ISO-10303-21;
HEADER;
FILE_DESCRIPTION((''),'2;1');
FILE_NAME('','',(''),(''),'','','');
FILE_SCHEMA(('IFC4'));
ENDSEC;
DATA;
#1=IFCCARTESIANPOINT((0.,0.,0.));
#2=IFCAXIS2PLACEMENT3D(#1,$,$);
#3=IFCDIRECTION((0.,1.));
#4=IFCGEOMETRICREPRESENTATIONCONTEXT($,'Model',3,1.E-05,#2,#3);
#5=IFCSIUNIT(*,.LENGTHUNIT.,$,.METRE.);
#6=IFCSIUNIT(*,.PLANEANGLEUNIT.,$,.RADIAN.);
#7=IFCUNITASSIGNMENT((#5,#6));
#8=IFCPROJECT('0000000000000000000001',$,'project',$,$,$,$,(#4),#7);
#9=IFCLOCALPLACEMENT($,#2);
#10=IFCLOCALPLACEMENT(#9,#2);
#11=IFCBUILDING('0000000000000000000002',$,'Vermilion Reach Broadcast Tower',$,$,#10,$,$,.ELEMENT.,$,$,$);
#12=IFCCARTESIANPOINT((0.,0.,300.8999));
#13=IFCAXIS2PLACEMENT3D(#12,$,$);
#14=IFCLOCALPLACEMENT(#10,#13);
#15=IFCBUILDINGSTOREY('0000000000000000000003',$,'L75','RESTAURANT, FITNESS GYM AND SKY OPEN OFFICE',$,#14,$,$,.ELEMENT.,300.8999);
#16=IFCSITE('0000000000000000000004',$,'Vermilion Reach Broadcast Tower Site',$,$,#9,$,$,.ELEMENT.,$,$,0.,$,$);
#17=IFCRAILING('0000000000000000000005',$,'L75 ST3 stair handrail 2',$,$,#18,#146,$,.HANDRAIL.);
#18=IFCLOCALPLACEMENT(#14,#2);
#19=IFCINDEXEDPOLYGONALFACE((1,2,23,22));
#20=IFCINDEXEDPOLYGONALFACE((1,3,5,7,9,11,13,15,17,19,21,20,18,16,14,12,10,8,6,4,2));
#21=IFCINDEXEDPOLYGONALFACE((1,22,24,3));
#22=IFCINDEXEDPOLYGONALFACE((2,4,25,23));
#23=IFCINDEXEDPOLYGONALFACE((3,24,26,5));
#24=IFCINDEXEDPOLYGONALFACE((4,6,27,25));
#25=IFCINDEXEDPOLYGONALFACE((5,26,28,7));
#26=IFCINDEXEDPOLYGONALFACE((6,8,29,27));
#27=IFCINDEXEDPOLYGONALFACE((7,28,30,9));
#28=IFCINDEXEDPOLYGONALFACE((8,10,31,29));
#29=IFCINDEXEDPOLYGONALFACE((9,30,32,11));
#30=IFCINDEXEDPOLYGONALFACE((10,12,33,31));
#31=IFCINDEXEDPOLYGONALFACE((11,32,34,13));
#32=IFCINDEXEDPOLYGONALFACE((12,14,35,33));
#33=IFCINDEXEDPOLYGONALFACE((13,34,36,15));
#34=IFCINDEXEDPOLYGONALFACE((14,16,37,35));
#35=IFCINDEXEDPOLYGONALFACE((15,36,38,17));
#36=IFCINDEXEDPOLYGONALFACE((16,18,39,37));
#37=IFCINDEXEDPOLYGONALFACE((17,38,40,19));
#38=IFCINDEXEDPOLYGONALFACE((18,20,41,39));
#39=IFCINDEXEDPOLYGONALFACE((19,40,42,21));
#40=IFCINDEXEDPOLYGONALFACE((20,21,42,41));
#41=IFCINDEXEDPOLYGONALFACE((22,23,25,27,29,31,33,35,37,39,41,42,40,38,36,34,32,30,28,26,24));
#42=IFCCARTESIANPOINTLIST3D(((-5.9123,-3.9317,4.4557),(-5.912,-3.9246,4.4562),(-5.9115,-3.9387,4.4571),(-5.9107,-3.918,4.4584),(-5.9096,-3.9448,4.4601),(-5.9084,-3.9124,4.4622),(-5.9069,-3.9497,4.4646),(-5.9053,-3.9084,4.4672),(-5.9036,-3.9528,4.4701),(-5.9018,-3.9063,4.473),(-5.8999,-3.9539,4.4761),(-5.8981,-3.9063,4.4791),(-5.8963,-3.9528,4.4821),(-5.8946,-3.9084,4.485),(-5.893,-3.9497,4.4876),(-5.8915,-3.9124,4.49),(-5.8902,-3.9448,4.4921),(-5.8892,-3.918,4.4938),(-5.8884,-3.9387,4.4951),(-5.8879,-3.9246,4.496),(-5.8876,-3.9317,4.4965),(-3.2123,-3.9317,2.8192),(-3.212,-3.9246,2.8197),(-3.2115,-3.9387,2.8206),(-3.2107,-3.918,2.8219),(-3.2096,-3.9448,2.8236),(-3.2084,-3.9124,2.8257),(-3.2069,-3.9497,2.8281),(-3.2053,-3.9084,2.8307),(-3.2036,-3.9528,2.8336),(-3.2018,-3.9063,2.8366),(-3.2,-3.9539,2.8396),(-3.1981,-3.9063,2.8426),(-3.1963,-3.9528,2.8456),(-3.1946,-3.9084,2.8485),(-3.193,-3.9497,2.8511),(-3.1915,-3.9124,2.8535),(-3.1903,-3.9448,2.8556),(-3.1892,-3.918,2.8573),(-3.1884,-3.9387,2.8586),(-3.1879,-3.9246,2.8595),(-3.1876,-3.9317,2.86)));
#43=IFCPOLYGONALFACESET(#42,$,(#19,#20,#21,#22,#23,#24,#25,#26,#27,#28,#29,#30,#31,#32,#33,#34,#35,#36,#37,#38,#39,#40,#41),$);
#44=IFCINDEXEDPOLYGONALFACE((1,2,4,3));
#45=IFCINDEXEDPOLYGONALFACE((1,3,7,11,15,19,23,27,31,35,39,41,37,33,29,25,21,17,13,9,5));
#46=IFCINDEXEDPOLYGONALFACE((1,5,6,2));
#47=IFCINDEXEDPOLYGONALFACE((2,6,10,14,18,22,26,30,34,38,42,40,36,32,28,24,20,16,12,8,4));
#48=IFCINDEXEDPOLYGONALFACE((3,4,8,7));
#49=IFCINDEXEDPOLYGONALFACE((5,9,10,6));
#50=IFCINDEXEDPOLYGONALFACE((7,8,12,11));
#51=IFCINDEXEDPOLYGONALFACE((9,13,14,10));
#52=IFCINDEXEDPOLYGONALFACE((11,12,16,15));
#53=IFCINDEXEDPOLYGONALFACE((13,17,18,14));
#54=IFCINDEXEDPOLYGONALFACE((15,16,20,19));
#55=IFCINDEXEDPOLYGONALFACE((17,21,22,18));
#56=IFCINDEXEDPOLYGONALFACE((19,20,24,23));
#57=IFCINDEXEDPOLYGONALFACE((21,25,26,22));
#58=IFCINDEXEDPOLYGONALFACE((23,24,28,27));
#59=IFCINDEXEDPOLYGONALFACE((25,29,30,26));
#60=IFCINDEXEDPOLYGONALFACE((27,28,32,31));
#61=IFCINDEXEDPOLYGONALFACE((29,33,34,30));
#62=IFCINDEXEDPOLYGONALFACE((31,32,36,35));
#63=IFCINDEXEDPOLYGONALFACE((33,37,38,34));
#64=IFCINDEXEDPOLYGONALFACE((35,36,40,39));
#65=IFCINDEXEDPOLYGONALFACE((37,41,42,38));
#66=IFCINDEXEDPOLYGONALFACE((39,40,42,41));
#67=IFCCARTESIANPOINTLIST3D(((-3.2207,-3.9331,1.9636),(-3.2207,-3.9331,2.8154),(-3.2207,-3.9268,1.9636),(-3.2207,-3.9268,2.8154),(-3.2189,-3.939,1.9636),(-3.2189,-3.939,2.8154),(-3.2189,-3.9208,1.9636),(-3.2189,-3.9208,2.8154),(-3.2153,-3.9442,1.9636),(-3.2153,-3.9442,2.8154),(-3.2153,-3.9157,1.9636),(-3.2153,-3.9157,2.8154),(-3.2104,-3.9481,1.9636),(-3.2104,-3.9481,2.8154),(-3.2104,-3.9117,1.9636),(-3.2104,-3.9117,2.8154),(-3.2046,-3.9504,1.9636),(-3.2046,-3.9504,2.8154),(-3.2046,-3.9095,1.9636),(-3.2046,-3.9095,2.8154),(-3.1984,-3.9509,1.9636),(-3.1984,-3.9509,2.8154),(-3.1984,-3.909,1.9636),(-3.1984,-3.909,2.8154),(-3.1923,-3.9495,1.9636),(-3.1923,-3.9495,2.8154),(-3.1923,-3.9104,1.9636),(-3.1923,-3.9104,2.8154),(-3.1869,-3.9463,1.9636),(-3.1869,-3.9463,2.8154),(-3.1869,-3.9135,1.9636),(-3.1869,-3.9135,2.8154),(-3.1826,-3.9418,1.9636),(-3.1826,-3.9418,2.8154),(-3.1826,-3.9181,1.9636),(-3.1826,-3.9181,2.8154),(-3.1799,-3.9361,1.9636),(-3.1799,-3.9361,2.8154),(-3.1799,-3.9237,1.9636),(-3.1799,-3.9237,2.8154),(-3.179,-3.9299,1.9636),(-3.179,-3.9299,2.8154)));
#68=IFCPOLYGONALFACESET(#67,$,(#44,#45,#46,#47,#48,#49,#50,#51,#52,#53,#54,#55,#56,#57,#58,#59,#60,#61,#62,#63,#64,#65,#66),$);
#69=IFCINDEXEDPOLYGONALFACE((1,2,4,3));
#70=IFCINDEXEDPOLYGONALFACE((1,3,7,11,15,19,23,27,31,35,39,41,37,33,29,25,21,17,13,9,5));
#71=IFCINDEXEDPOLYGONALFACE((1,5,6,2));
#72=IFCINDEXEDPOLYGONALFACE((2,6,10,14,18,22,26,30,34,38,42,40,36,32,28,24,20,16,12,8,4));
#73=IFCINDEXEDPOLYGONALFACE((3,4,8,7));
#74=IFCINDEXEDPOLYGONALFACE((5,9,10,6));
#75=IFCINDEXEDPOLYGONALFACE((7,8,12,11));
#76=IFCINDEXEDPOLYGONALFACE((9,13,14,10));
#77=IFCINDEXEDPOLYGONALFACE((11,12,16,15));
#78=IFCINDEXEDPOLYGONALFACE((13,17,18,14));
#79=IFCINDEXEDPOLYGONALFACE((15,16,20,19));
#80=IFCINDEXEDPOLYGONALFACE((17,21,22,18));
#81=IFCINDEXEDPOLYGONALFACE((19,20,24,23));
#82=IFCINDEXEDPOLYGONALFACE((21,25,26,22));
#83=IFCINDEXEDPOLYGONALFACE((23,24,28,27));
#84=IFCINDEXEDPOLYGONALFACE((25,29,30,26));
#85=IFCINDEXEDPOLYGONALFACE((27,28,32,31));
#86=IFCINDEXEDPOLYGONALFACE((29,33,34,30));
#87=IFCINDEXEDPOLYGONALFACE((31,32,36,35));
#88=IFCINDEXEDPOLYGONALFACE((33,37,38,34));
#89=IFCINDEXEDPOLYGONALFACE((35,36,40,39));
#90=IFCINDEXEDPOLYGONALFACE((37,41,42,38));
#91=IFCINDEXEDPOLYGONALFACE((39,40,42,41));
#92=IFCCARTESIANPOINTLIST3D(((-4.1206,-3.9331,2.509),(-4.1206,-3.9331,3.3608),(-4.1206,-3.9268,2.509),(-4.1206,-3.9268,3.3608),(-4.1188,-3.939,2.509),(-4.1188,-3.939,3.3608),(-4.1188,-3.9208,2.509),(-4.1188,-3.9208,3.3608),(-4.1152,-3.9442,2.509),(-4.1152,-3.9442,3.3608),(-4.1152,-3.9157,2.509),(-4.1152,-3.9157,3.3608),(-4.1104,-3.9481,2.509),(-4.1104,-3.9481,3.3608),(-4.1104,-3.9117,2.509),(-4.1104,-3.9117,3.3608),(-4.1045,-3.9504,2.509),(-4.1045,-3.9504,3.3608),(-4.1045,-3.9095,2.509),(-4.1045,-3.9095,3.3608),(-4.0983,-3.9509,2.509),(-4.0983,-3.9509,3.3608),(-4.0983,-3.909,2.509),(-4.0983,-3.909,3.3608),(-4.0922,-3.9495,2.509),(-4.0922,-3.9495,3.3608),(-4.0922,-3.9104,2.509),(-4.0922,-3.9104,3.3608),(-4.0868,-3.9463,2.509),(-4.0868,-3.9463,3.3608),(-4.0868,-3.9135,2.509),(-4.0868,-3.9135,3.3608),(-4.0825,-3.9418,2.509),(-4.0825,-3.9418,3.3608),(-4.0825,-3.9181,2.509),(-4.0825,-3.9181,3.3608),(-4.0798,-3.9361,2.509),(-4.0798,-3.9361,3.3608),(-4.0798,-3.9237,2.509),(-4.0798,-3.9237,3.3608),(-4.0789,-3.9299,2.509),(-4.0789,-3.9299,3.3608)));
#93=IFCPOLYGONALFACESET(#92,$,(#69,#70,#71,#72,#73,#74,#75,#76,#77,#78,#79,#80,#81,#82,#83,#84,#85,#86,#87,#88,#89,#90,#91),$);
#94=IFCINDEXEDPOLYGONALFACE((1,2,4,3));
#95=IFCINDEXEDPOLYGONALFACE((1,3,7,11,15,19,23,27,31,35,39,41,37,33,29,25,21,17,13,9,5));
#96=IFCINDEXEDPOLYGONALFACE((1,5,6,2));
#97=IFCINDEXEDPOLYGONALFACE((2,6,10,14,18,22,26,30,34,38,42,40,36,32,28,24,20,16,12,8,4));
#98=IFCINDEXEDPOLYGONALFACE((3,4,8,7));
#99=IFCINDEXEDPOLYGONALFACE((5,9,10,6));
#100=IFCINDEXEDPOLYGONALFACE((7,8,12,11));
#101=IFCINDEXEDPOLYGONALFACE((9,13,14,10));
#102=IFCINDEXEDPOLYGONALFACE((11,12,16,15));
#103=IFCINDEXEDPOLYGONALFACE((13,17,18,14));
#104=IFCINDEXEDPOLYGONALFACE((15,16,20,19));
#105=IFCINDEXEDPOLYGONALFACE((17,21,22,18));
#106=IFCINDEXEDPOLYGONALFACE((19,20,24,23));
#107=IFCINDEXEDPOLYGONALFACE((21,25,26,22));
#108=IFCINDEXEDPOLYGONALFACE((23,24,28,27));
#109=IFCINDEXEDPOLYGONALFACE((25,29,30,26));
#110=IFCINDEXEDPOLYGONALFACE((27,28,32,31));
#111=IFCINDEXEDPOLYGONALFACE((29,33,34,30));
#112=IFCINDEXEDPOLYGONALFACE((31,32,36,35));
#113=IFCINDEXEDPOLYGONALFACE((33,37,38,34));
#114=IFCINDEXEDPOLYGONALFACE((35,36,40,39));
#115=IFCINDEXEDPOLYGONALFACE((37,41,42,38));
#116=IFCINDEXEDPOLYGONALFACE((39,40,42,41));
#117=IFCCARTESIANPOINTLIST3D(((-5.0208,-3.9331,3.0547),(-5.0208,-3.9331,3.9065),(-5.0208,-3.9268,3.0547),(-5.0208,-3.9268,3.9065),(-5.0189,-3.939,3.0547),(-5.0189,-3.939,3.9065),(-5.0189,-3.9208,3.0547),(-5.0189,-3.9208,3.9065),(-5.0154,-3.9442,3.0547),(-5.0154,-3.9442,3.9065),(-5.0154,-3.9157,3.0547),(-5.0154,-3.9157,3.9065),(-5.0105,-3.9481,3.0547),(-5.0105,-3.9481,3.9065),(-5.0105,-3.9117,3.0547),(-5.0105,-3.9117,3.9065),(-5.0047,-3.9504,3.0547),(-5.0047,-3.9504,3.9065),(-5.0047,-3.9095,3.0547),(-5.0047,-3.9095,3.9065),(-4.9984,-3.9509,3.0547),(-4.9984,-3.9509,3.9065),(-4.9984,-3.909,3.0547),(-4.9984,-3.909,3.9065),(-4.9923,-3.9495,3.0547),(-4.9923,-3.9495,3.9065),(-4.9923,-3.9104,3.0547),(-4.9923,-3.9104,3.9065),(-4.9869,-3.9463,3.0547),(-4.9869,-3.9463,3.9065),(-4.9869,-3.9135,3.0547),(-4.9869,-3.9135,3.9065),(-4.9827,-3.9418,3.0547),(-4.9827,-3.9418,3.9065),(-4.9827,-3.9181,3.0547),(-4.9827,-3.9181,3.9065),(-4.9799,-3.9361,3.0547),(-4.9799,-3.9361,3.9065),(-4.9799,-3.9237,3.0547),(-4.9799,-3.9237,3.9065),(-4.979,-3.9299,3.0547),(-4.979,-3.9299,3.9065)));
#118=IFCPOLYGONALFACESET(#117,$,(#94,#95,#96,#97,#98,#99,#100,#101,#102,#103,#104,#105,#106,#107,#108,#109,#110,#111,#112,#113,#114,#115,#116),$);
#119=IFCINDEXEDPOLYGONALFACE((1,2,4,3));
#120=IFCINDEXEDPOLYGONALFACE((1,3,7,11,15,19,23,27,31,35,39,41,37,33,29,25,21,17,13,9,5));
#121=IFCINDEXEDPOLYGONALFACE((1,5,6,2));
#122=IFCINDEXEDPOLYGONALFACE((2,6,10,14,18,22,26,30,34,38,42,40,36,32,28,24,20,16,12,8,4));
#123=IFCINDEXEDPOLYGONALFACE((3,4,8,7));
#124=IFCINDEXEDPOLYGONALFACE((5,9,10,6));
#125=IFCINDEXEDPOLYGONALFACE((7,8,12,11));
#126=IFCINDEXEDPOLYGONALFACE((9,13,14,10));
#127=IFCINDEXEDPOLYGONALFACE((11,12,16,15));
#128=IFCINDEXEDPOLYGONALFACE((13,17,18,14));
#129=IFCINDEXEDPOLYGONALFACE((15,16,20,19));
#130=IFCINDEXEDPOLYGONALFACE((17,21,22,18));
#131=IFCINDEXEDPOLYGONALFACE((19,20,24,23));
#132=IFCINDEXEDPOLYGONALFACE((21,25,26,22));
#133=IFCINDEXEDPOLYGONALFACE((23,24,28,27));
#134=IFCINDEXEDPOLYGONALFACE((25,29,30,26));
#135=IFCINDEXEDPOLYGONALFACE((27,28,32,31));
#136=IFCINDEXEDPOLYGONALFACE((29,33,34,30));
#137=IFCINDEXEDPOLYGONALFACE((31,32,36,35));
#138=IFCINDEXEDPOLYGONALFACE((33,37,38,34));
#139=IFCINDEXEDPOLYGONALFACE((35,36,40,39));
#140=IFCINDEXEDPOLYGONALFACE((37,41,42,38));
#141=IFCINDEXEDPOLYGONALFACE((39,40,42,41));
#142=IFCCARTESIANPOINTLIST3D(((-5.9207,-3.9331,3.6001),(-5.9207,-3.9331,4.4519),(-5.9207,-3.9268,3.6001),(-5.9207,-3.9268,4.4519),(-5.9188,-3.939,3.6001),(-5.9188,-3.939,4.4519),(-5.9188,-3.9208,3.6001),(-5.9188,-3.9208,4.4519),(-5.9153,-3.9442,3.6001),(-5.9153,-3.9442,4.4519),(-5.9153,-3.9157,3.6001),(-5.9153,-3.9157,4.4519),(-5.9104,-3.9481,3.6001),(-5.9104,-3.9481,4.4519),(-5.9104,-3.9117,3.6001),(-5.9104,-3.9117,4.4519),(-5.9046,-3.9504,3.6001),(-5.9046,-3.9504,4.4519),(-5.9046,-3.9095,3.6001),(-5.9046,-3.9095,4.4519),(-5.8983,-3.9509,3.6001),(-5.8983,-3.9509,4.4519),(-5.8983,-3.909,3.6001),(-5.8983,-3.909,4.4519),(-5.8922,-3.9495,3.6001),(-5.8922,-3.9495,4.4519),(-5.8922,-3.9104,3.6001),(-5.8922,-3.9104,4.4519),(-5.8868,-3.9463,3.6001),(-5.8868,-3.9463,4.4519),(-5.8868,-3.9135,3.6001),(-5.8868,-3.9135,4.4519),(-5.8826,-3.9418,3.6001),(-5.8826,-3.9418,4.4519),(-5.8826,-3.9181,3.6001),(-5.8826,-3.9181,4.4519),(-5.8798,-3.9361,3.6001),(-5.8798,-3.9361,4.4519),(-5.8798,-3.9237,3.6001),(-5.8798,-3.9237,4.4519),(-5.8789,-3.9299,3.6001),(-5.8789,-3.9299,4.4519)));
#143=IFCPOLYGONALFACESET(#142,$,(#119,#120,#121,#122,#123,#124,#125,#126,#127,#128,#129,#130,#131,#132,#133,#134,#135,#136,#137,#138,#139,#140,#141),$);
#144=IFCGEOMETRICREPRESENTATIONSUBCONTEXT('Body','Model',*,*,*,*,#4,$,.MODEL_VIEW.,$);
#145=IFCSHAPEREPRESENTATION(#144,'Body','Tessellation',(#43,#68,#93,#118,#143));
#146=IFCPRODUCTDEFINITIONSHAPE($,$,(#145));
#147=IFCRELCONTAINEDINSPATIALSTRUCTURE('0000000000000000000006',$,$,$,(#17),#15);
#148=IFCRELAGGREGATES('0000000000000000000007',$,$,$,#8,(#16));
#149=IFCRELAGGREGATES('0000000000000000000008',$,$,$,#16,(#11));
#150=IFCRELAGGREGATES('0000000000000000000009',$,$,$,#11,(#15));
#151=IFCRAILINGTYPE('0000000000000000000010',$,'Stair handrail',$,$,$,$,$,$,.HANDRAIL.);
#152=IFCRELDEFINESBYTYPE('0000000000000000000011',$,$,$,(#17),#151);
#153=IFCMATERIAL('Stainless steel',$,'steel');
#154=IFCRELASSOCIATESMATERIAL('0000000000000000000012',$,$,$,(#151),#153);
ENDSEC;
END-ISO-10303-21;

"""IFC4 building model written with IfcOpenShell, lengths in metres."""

from ifc_helpers import new_model, si_unit, direction, frame, origin, origin_2d, place, context, subcontext, project, spatial, circle, extrude, material, type_object, element, save


model = new_model("IFC4")

# Units and contexts
model_context = context("Model", 3, precision=1e-05, world=origin(), true_north=direction((0.0, 1.0)))
body_context = subcontext(model_context, "Body", "Model", "MODEL_VIEW")
ifc_project = project(units=[si_unit("LENGTHUNIT", "METRE"), si_unit("PLANEANGLEUNIT", "RADIAN")], contexts=[model_context])

# Site, building, storey
site_placement = place(None, origin())
site = spatial("IfcSite", under=ifc_project, at=site_placement, Name="Vermilion Reach Broadcast Tower Site", CompositionType="ELEMENT", RefElevation=0.0)
building_placement = place(site_placement, origin())
building = spatial("IfcBuilding", under=site, at=building_placement, Name="Vermilion Reach Broadcast Tower", CompositionType="ELEMENT")
storey_placement = place(building_placement, frame((0.0, 0.0, 300.8999)))
storey = spatial("IfcBuildingStorey", under=building, at=storey_placement, Name="L75", Description="RESTAURANT, FITNESS GYM AND SKY OPEN OFFICE", CompositionType="ELEMENT", Elevation=300.8999)

# Railing
ifc_material_1 = material(Name="Stainless steel", Category="steel")
railing_type_1 = type_object("IfcRailingType", Name="Stair handrail", PredefinedType="HANDRAIL", material=ifc_material_1)
railing_1_placement = place(storey_placement, frame((-3.2, -3.9299, 1.9636)))
element("IfcRailing", 1, at=railing_1_placement, inside=storey, type_object=railing_type_1, Name="L75 ST3 stair handrail 2", PredefinedType="HANDRAIL", context=body_context, shape_type="SweptSolid", body=[
    extrude(circle(Radius=0.0239, at=origin_2d()), frame((0.0, 0.0, 0.876), z_axis=(-0.855178, 0.0, 0.518334), x_axis=(0.0, -1.0, 0.0)), (0.0, 0.0, 1.0), 3.1572),
    extrude(circle(Radius=0.021, at=origin_2d()), origin(), (0.0, 0.0, 1.0), 0.8518),
    extrude(circle(Radius=0.021, at=origin_2d()), frame((-0.8999, 0.0, 0.5454)), (0.0, 0.0, 1.0), 0.8518),
    extrude(circle(Radius=0.021, at=origin_2d()), frame((-1.8, 0.0, 1.0911)), (0.0, 0.0, 1.0), 0.8518),
    extrude(circle(Radius=0.021, at=origin_2d()), frame((-2.7, 0.0, 1.6365)), (0.0, 0.0, 1.0), 0.8518),
])

save(model, "model.ifc")
